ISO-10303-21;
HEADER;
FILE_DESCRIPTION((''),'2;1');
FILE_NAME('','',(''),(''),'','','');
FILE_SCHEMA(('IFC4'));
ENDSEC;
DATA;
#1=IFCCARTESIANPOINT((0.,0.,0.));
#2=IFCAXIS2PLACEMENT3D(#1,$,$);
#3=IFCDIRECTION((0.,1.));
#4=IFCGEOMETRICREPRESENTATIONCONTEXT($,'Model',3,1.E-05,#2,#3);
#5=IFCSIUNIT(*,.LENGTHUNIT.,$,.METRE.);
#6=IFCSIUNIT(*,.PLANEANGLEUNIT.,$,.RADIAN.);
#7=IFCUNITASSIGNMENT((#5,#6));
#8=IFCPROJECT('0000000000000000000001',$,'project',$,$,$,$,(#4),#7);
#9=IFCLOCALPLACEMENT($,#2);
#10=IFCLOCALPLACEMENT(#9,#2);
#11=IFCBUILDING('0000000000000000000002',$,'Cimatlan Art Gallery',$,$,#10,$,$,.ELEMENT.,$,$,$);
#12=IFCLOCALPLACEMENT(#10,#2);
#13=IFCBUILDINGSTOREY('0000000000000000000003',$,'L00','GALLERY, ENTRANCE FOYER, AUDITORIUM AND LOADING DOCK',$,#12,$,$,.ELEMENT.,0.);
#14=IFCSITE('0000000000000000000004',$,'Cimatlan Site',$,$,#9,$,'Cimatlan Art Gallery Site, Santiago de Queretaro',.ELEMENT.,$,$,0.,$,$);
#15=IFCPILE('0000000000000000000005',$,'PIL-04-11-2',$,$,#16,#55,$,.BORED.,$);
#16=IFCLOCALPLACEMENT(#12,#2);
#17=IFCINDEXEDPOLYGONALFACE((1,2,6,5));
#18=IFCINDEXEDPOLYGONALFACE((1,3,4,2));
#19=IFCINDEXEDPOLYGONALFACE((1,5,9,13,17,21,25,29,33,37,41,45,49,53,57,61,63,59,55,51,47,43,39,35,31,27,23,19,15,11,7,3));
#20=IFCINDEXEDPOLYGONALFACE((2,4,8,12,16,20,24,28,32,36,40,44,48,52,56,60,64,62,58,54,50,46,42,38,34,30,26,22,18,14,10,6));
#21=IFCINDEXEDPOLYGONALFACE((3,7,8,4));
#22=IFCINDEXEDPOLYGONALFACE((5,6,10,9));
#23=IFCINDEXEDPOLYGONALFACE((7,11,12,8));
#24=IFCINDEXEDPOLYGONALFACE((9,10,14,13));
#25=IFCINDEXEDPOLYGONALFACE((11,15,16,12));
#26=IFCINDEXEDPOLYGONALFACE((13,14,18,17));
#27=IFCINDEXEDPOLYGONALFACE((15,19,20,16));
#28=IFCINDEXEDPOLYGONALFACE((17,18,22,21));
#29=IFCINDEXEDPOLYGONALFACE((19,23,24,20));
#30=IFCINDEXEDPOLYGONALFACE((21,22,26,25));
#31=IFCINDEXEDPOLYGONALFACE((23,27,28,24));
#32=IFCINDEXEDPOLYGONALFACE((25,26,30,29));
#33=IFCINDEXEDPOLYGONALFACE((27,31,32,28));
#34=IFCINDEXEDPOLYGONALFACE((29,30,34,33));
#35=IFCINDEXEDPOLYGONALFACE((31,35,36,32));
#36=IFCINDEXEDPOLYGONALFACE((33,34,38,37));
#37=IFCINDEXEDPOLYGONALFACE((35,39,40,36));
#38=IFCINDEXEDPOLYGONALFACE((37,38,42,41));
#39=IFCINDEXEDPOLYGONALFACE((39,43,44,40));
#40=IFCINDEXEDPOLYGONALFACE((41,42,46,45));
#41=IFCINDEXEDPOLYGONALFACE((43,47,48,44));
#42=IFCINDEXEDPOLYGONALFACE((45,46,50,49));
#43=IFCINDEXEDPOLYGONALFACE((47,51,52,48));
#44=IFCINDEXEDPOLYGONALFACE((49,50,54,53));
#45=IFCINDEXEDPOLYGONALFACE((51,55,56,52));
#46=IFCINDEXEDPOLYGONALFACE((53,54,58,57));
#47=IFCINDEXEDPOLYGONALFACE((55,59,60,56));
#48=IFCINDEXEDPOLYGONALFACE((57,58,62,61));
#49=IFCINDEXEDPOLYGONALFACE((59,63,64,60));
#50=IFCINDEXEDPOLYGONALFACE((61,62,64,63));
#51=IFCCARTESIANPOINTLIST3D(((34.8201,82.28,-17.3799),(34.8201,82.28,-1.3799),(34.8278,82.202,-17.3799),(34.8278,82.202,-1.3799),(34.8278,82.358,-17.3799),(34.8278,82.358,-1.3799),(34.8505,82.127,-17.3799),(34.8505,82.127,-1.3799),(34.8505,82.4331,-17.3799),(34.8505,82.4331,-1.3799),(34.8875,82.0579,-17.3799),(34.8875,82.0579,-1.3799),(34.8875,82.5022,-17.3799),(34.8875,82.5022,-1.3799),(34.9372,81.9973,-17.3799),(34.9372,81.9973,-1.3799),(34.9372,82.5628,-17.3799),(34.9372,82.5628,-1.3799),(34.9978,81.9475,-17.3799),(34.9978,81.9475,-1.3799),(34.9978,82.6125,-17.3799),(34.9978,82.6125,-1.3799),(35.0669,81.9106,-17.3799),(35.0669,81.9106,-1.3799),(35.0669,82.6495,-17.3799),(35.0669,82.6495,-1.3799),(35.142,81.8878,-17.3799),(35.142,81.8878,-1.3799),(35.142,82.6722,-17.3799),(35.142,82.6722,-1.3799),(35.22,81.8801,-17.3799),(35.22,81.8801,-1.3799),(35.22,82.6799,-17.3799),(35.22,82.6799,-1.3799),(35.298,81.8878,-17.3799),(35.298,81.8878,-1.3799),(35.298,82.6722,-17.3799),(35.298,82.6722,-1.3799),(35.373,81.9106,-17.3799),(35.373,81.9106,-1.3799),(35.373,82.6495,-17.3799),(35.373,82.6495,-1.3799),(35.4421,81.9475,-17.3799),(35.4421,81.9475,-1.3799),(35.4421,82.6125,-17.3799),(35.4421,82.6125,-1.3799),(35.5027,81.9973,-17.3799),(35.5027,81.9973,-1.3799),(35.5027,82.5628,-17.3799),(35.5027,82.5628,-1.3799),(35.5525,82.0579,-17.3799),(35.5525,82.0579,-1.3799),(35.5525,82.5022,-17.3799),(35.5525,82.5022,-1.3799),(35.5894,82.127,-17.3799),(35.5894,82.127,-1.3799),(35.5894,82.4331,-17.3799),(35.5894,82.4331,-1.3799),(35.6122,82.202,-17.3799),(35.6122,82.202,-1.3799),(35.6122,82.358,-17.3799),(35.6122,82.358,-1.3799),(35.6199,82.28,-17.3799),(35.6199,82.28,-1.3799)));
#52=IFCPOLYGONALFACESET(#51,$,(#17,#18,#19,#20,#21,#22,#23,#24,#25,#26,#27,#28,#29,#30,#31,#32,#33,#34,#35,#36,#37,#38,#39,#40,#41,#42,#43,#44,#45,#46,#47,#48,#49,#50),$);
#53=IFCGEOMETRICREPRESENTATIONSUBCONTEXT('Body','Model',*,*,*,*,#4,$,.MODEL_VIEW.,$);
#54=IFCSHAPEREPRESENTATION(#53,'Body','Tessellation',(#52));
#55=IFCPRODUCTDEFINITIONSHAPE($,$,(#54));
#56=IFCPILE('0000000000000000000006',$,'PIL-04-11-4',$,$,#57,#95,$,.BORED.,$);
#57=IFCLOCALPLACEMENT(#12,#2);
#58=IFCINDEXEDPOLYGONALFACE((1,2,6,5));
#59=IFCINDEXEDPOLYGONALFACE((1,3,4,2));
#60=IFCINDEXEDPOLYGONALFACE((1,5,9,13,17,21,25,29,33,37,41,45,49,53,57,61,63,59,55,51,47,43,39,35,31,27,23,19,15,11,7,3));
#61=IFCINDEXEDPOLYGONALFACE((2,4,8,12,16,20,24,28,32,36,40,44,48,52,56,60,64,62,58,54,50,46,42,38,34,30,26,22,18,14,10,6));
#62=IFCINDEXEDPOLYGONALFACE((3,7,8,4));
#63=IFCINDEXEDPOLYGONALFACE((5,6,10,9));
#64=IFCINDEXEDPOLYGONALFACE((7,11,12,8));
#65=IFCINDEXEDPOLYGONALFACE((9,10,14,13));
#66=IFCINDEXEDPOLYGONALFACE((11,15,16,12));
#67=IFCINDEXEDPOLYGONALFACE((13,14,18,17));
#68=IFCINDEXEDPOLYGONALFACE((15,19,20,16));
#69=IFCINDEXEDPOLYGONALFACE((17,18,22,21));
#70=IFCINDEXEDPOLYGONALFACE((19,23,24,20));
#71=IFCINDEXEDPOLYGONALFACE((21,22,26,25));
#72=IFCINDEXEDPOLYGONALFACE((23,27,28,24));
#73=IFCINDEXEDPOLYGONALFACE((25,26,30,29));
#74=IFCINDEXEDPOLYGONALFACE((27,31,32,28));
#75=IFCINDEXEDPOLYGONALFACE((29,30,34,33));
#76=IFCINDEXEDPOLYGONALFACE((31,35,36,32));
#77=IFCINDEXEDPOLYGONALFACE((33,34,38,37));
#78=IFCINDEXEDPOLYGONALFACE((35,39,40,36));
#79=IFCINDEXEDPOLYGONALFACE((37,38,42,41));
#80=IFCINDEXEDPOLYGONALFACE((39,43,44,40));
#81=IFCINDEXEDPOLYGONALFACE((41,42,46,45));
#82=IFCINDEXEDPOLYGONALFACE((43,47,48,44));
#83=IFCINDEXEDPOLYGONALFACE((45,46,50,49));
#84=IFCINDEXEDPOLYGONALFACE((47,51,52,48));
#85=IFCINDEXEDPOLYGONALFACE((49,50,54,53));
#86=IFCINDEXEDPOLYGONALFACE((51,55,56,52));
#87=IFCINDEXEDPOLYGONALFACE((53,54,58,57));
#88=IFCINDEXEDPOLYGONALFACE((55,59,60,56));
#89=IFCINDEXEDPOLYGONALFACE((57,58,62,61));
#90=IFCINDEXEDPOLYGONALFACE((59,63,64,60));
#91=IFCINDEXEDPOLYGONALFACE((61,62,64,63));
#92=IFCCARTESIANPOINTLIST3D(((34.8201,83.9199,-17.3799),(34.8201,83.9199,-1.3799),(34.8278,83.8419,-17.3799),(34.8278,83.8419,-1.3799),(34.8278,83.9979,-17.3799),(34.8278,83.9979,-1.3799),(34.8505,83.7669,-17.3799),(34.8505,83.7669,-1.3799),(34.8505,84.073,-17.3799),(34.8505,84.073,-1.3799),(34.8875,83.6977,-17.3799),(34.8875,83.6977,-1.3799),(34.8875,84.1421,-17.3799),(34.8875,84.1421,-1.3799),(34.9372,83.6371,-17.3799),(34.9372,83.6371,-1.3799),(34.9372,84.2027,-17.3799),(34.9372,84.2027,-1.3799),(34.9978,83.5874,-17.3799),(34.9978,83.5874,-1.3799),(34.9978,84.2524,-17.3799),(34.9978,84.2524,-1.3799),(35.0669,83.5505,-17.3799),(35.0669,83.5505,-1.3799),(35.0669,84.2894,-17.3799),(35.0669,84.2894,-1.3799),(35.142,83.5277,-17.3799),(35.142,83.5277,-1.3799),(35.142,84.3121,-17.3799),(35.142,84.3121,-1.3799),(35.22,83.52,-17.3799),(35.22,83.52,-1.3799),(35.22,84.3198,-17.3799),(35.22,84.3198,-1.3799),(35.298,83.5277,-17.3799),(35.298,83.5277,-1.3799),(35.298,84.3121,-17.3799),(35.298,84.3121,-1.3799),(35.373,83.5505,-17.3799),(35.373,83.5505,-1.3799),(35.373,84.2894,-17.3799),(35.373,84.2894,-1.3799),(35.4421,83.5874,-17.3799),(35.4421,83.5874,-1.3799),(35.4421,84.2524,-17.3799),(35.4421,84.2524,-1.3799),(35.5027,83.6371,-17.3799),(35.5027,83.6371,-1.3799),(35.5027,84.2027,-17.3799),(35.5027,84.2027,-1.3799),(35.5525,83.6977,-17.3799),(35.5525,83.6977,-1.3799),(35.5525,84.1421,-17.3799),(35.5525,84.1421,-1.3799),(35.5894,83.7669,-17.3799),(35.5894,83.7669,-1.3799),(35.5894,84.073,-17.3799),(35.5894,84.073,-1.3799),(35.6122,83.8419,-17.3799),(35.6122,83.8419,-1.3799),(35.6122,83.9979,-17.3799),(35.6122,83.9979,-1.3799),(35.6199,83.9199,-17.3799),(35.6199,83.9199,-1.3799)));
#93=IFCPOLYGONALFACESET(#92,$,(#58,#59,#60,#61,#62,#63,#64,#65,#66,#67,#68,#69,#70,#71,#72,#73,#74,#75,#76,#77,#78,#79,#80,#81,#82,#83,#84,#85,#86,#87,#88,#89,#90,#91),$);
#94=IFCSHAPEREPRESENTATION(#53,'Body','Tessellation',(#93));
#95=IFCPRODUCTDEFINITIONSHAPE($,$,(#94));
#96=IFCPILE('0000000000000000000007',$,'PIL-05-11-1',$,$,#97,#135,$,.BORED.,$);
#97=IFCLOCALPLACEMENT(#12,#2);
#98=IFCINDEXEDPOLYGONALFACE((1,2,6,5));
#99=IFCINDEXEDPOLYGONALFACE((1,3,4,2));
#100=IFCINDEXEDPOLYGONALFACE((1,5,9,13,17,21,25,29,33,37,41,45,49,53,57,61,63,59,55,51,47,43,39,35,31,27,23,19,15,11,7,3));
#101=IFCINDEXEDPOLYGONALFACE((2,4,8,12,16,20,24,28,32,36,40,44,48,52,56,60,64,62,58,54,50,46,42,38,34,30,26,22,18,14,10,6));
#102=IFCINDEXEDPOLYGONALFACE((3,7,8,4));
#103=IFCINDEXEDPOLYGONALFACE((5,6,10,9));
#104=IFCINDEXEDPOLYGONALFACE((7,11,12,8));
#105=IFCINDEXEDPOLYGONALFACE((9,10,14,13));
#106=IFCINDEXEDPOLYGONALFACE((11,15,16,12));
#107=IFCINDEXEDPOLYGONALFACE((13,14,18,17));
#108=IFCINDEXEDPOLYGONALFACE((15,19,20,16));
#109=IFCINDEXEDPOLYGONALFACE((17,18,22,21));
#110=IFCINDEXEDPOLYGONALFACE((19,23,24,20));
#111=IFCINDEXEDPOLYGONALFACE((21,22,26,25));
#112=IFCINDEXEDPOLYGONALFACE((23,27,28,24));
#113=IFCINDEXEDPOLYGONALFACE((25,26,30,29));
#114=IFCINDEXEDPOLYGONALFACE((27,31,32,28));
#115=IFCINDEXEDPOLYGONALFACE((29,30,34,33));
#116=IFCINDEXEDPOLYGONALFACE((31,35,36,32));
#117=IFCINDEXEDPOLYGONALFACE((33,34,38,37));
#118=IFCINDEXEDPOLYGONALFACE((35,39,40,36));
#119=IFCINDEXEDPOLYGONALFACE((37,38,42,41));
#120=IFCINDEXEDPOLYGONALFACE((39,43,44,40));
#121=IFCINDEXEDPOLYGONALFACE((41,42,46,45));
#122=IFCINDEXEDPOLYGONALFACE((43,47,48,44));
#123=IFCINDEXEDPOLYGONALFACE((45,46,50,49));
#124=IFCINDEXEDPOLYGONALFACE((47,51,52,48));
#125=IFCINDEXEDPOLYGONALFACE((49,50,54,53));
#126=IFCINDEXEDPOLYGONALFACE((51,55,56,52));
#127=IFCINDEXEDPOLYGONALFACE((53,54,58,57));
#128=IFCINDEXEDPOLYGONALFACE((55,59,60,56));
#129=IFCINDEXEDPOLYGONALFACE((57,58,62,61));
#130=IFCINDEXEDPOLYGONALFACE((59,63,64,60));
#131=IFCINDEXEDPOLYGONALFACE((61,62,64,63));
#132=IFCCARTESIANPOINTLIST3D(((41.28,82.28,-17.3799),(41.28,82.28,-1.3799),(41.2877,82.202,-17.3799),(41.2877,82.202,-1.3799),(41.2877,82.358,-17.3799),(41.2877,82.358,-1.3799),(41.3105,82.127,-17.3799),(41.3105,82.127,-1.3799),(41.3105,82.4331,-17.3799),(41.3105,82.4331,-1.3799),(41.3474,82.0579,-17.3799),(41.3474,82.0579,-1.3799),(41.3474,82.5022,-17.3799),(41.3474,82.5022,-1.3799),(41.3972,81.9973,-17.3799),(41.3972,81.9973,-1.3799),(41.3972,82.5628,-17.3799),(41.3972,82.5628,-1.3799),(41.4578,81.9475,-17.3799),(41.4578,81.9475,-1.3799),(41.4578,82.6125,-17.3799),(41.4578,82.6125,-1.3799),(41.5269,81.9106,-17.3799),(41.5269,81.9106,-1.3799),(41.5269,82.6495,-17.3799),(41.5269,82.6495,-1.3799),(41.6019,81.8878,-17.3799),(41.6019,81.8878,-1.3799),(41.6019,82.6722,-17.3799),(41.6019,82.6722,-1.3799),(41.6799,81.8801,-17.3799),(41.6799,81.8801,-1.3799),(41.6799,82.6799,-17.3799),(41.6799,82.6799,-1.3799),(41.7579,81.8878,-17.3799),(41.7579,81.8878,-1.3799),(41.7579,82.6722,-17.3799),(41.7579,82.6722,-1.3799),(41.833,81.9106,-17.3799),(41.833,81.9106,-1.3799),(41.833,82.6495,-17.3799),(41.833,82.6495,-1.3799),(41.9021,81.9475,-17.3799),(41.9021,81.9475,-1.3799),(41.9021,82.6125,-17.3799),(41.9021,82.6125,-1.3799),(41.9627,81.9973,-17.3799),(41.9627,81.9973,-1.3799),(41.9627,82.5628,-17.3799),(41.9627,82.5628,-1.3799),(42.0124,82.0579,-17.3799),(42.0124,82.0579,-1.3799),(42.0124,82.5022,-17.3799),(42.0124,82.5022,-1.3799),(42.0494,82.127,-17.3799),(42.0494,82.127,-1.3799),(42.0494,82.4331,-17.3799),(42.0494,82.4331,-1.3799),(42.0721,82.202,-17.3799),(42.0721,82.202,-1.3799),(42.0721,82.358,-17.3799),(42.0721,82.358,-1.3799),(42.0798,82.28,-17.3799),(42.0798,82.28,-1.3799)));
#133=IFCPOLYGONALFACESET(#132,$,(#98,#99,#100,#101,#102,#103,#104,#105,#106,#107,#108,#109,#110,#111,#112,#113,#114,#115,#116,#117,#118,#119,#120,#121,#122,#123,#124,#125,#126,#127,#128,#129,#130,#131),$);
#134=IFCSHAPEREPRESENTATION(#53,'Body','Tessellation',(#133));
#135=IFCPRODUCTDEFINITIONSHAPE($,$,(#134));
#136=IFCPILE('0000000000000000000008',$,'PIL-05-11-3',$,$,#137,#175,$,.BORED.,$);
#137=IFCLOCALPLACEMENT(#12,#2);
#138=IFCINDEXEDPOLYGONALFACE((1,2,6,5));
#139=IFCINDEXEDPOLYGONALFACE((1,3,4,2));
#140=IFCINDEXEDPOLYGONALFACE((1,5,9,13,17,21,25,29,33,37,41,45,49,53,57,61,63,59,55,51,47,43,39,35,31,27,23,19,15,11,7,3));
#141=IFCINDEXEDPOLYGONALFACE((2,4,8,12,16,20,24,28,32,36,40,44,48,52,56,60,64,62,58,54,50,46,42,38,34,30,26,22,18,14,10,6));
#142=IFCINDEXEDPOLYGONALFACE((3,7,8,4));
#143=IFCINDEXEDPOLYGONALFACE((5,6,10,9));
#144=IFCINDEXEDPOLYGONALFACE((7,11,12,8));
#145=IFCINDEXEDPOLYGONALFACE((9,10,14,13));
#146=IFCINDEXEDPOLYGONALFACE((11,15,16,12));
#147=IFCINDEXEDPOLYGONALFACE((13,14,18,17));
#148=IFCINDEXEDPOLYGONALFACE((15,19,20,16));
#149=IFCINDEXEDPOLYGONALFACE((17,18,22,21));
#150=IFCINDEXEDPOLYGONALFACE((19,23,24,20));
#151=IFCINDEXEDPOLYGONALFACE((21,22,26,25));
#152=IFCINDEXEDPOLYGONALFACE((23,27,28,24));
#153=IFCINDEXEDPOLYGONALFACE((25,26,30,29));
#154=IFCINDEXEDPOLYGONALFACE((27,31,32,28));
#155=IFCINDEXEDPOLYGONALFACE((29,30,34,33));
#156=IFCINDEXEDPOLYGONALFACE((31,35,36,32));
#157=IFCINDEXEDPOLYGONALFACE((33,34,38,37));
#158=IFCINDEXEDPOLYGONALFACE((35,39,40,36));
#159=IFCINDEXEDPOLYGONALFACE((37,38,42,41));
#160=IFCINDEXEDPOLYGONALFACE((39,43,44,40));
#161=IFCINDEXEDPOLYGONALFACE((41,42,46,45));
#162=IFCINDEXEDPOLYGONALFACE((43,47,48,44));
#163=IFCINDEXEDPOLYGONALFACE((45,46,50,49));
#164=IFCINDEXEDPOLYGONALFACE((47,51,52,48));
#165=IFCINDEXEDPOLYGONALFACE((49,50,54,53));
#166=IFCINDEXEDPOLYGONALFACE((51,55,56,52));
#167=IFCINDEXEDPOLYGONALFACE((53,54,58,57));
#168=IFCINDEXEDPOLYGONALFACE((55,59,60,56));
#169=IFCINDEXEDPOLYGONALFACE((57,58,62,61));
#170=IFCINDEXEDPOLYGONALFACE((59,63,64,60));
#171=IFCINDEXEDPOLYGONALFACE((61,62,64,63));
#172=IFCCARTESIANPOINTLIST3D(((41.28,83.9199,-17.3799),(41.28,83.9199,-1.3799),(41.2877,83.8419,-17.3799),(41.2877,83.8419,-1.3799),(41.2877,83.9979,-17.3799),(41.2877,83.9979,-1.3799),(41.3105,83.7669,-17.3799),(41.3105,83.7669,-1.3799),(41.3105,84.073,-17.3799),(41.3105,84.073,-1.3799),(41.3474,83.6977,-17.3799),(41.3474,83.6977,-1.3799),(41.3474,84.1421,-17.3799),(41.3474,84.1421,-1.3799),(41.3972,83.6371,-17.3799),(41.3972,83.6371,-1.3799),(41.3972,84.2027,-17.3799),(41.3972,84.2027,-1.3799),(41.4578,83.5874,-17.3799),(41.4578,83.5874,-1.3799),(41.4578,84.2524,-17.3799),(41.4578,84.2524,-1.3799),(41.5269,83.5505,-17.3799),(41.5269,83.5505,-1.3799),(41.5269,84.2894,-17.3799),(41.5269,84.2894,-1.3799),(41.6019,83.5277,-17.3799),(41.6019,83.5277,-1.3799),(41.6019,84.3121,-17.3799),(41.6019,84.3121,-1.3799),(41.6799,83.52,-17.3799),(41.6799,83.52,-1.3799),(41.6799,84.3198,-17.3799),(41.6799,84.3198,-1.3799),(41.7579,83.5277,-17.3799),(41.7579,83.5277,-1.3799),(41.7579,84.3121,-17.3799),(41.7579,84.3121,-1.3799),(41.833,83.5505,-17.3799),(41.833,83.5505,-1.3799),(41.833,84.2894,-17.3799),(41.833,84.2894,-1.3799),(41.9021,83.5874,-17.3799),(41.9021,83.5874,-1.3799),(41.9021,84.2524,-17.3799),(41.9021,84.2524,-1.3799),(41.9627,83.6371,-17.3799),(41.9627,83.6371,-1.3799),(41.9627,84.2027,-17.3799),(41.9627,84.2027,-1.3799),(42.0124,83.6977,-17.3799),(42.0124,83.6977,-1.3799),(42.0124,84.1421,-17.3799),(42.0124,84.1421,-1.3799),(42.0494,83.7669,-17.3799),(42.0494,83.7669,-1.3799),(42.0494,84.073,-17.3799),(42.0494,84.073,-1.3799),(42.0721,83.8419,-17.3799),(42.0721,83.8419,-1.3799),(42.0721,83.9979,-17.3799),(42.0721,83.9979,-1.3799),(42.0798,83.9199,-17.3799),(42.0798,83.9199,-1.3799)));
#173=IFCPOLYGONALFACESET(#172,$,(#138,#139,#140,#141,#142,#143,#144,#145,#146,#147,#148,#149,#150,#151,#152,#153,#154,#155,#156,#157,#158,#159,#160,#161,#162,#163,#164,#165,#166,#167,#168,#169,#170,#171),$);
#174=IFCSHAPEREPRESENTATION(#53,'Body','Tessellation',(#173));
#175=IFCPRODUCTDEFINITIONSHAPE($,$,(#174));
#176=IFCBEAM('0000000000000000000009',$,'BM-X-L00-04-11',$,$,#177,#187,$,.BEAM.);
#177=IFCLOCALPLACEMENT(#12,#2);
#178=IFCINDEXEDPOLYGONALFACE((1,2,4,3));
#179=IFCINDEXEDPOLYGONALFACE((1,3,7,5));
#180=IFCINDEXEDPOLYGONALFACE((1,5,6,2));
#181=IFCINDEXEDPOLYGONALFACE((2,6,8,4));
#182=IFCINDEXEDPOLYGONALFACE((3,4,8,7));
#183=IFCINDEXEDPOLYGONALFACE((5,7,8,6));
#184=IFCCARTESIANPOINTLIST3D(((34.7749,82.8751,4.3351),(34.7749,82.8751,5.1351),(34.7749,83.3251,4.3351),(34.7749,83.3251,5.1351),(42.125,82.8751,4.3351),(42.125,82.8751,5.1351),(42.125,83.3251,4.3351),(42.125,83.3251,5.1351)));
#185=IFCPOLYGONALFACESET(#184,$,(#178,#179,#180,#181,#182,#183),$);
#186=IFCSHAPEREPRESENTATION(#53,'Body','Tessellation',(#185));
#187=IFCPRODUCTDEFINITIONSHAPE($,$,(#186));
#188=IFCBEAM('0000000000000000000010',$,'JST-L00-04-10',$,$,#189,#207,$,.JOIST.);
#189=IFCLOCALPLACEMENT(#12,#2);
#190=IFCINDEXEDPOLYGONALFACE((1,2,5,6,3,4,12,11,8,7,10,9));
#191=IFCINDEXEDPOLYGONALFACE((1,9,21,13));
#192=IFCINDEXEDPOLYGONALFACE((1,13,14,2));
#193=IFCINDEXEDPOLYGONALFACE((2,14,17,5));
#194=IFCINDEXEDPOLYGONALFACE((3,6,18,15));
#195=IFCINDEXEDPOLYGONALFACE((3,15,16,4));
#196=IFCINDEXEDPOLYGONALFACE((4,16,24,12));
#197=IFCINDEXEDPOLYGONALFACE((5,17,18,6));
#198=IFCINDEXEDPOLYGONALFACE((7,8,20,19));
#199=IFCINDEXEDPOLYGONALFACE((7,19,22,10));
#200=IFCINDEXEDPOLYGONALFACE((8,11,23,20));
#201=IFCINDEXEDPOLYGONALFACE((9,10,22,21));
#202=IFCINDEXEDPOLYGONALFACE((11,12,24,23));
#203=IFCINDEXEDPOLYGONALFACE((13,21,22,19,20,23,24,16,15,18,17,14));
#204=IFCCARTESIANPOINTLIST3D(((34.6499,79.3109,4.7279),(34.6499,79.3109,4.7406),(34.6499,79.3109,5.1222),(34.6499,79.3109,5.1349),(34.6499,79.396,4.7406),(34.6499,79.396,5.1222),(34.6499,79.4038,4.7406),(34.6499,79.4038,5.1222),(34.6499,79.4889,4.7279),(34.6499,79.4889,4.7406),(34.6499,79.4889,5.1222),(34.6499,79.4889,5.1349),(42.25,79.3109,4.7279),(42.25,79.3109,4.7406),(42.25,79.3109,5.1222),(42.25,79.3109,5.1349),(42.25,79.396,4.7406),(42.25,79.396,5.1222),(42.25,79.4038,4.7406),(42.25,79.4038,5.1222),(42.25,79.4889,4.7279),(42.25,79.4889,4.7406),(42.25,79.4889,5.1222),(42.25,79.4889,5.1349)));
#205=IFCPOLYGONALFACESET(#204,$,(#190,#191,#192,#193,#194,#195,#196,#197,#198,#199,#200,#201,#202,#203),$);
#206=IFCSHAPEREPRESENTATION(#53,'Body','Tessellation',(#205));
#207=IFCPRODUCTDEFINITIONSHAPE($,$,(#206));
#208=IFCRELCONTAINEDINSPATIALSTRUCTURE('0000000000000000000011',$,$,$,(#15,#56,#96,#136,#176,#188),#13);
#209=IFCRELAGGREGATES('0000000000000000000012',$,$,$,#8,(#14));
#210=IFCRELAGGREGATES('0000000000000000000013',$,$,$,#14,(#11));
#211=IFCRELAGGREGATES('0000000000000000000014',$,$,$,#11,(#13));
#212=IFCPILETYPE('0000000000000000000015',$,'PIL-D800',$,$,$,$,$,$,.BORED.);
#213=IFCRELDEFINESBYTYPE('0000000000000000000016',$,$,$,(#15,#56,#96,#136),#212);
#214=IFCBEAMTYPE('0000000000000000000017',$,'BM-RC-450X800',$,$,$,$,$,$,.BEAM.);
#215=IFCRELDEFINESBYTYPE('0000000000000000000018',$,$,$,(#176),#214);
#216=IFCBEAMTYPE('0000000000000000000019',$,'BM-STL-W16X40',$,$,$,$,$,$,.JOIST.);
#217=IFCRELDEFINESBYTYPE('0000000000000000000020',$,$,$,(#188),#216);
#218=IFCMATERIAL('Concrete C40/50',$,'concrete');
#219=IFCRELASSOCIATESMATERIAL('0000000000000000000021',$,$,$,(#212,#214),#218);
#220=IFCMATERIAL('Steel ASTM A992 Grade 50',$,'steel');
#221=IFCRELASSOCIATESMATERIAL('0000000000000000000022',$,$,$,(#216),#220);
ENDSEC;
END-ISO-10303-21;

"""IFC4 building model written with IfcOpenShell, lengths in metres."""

from ifc_helpers import new_model, si_unit, direction, frame, origin, origin_2d, place, context, subcontext, project, spatial, rectangle, circle, i_section, extrude, material, material_profile, profile_set, type_object, element, save


model = new_model("IFC4")

# Units and contexts
model_context = context("Model", 3, precision=1e-05, world=origin(), true_north=direction((0.0, 1.0)))
body_context = subcontext(model_context, "Body", "Model", "MODEL_VIEW")
ifc_project = project(units=[si_unit("LENGTHUNIT", "METRE"), si_unit("PLANEANGLEUNIT", "RADIAN")], contexts=[model_context])

# Site, building, storey
site_placement = place(None, origin())
site = spatial("IfcSite", under=ifc_project, at=site_placement, Name="Cimatlan Site", LongName="Cimatlan Art Gallery Site, Santiago de Queretaro", CompositionType="ELEMENT", RefElevation=0.0)
building_placement = place(site_placement, origin())
building = spatial("IfcBuilding", under=site, at=building_placement, Name="Cimatlan Art Gallery", CompositionType="ELEMENT")
storey_placement = place(building_placement, origin())
storey = spatial("IfcBuildingStorey", under=building, at=storey_placement, Name="L00", Description="GALLERY, ENTRANCE FOYER, AUDITORIUM AND LOADING DOCK", CompositionType="ELEMENT", Elevation=0.0)

# Piles
ifc_material_1 = material(Name="Concrete C40/50", Category="concrete")
pile_type = type_object("IfcPileType", Name="PIL-D800", PredefinedType="BORED", material=ifc_material_1)
for number, where, z_axis, x_axis, name in (
    (1, (35.22, 82.28, -1.3799), (0.0, 0.0, -1.0), (1.0, 0.0, 0.0), "PIL-04-11-2"),
    (2, (35.22, 83.9199, -1.3799), (0.0, 0.0, -1.0), (1.0, 0.0, 0.0), "PIL-04-11-4"),
    (3, (41.6799, 82.28, -1.3799), (0.0, 0.0, -1.0), (1.0, 0.0, 0.0), "PIL-05-11-1"),
    (4, (41.6799, 83.9199, -1.3799), (0.0, 0.0, -1.0), (1.0, 0.0, 0.0), "PIL-05-11-3"),
):
    element("IfcPile", number, at=place(storey_placement, frame(where, z_axis=z_axis, x_axis=x_axis)), inside=storey, type_object=pile_type, Name=name, PredefinedType="BORED", context=body_context, shape_type="SweptSolid", body=[
        extrude(circle(Radius=0.3999, at=origin_2d()), origin(), (0.0, 0.0, 1.0), 16.0),
    ])

# Beams
ifc_material_profile_1 = material_profile(ifc_material_1, rectangle(XDim=0.45, YDim=0.8, at=origin_2d()), Name="RC450X800")
ifc_profile_set_1 = profile_set([ifc_material_profile_1], Name="Concrete C40/50")
beam_type_1 = type_object("IfcBeamType", Name="BM-RC-450X800", PredefinedType="BEAM", material=ifc_profile_set_1)
beam_placement = place(storey_placement, frame((34.7749, 83.1001, 4.7351), z_axis=(1.0, 0.0, 0.0), x_axis=(0.0, 1.0, 0.0)))
element("IfcBeam", 5, at=beam_placement, inside=storey, type_object=beam_type_1, Name="BM-X-L00-04-11", PredefinedType="BEAM", context=body_context, shape_type="SweptSolid", body=[
    extrude(rectangle(XDim=0.45, YDim=0.8, at=origin_2d()), origin(), (0.0, 0.0, 1.0), 7.3501),
])
ifc_material_2 = material(Name="Steel ASTM A992 Grade 50", Category="steel")
ifc_material_profile_2 = material_profile(ifc_material_2, i_section(OverallWidth=0.178, OverallDepth=0.407, WebThickness=0.0078, FlangeThickness=0.0127, at=origin_2d()), Name="W16X40")
ifc_profile_set_2 = profile_set([ifc_material_profile_2], Name="Steel ASTM A992 Grade 50")
beam_type_2 = type_object("IfcBeamType", Name="BM-STL-W16X40", PredefinedType="JOIST", material=ifc_profile_set_2)
for number, where, z_axis, x_axis, name in (
    (6, (34.6499, 79.3999, 4.9314), (1.0, 0.0, 0.0), (0.0, 1.0, 0.0), "JST-L00-04-10"),
):
    element("IfcBeam", number, at=place(storey_placement, frame(where, z_axis=z_axis, x_axis=x_axis)), inside=storey, type_object=beam_type_2, Name=name, PredefinedType="JOIST", context=body_context, shape_type="SweptSolid", body=[
        extrude(i_section(OverallWidth=0.178, OverallDepth=0.407, WebThickness=0.0078, FlangeThickness=0.0127, at=origin_2d()), origin(), (0.0, 0.0, 1.0), 7.6001),
    ])

save(model, "model.ifc")
